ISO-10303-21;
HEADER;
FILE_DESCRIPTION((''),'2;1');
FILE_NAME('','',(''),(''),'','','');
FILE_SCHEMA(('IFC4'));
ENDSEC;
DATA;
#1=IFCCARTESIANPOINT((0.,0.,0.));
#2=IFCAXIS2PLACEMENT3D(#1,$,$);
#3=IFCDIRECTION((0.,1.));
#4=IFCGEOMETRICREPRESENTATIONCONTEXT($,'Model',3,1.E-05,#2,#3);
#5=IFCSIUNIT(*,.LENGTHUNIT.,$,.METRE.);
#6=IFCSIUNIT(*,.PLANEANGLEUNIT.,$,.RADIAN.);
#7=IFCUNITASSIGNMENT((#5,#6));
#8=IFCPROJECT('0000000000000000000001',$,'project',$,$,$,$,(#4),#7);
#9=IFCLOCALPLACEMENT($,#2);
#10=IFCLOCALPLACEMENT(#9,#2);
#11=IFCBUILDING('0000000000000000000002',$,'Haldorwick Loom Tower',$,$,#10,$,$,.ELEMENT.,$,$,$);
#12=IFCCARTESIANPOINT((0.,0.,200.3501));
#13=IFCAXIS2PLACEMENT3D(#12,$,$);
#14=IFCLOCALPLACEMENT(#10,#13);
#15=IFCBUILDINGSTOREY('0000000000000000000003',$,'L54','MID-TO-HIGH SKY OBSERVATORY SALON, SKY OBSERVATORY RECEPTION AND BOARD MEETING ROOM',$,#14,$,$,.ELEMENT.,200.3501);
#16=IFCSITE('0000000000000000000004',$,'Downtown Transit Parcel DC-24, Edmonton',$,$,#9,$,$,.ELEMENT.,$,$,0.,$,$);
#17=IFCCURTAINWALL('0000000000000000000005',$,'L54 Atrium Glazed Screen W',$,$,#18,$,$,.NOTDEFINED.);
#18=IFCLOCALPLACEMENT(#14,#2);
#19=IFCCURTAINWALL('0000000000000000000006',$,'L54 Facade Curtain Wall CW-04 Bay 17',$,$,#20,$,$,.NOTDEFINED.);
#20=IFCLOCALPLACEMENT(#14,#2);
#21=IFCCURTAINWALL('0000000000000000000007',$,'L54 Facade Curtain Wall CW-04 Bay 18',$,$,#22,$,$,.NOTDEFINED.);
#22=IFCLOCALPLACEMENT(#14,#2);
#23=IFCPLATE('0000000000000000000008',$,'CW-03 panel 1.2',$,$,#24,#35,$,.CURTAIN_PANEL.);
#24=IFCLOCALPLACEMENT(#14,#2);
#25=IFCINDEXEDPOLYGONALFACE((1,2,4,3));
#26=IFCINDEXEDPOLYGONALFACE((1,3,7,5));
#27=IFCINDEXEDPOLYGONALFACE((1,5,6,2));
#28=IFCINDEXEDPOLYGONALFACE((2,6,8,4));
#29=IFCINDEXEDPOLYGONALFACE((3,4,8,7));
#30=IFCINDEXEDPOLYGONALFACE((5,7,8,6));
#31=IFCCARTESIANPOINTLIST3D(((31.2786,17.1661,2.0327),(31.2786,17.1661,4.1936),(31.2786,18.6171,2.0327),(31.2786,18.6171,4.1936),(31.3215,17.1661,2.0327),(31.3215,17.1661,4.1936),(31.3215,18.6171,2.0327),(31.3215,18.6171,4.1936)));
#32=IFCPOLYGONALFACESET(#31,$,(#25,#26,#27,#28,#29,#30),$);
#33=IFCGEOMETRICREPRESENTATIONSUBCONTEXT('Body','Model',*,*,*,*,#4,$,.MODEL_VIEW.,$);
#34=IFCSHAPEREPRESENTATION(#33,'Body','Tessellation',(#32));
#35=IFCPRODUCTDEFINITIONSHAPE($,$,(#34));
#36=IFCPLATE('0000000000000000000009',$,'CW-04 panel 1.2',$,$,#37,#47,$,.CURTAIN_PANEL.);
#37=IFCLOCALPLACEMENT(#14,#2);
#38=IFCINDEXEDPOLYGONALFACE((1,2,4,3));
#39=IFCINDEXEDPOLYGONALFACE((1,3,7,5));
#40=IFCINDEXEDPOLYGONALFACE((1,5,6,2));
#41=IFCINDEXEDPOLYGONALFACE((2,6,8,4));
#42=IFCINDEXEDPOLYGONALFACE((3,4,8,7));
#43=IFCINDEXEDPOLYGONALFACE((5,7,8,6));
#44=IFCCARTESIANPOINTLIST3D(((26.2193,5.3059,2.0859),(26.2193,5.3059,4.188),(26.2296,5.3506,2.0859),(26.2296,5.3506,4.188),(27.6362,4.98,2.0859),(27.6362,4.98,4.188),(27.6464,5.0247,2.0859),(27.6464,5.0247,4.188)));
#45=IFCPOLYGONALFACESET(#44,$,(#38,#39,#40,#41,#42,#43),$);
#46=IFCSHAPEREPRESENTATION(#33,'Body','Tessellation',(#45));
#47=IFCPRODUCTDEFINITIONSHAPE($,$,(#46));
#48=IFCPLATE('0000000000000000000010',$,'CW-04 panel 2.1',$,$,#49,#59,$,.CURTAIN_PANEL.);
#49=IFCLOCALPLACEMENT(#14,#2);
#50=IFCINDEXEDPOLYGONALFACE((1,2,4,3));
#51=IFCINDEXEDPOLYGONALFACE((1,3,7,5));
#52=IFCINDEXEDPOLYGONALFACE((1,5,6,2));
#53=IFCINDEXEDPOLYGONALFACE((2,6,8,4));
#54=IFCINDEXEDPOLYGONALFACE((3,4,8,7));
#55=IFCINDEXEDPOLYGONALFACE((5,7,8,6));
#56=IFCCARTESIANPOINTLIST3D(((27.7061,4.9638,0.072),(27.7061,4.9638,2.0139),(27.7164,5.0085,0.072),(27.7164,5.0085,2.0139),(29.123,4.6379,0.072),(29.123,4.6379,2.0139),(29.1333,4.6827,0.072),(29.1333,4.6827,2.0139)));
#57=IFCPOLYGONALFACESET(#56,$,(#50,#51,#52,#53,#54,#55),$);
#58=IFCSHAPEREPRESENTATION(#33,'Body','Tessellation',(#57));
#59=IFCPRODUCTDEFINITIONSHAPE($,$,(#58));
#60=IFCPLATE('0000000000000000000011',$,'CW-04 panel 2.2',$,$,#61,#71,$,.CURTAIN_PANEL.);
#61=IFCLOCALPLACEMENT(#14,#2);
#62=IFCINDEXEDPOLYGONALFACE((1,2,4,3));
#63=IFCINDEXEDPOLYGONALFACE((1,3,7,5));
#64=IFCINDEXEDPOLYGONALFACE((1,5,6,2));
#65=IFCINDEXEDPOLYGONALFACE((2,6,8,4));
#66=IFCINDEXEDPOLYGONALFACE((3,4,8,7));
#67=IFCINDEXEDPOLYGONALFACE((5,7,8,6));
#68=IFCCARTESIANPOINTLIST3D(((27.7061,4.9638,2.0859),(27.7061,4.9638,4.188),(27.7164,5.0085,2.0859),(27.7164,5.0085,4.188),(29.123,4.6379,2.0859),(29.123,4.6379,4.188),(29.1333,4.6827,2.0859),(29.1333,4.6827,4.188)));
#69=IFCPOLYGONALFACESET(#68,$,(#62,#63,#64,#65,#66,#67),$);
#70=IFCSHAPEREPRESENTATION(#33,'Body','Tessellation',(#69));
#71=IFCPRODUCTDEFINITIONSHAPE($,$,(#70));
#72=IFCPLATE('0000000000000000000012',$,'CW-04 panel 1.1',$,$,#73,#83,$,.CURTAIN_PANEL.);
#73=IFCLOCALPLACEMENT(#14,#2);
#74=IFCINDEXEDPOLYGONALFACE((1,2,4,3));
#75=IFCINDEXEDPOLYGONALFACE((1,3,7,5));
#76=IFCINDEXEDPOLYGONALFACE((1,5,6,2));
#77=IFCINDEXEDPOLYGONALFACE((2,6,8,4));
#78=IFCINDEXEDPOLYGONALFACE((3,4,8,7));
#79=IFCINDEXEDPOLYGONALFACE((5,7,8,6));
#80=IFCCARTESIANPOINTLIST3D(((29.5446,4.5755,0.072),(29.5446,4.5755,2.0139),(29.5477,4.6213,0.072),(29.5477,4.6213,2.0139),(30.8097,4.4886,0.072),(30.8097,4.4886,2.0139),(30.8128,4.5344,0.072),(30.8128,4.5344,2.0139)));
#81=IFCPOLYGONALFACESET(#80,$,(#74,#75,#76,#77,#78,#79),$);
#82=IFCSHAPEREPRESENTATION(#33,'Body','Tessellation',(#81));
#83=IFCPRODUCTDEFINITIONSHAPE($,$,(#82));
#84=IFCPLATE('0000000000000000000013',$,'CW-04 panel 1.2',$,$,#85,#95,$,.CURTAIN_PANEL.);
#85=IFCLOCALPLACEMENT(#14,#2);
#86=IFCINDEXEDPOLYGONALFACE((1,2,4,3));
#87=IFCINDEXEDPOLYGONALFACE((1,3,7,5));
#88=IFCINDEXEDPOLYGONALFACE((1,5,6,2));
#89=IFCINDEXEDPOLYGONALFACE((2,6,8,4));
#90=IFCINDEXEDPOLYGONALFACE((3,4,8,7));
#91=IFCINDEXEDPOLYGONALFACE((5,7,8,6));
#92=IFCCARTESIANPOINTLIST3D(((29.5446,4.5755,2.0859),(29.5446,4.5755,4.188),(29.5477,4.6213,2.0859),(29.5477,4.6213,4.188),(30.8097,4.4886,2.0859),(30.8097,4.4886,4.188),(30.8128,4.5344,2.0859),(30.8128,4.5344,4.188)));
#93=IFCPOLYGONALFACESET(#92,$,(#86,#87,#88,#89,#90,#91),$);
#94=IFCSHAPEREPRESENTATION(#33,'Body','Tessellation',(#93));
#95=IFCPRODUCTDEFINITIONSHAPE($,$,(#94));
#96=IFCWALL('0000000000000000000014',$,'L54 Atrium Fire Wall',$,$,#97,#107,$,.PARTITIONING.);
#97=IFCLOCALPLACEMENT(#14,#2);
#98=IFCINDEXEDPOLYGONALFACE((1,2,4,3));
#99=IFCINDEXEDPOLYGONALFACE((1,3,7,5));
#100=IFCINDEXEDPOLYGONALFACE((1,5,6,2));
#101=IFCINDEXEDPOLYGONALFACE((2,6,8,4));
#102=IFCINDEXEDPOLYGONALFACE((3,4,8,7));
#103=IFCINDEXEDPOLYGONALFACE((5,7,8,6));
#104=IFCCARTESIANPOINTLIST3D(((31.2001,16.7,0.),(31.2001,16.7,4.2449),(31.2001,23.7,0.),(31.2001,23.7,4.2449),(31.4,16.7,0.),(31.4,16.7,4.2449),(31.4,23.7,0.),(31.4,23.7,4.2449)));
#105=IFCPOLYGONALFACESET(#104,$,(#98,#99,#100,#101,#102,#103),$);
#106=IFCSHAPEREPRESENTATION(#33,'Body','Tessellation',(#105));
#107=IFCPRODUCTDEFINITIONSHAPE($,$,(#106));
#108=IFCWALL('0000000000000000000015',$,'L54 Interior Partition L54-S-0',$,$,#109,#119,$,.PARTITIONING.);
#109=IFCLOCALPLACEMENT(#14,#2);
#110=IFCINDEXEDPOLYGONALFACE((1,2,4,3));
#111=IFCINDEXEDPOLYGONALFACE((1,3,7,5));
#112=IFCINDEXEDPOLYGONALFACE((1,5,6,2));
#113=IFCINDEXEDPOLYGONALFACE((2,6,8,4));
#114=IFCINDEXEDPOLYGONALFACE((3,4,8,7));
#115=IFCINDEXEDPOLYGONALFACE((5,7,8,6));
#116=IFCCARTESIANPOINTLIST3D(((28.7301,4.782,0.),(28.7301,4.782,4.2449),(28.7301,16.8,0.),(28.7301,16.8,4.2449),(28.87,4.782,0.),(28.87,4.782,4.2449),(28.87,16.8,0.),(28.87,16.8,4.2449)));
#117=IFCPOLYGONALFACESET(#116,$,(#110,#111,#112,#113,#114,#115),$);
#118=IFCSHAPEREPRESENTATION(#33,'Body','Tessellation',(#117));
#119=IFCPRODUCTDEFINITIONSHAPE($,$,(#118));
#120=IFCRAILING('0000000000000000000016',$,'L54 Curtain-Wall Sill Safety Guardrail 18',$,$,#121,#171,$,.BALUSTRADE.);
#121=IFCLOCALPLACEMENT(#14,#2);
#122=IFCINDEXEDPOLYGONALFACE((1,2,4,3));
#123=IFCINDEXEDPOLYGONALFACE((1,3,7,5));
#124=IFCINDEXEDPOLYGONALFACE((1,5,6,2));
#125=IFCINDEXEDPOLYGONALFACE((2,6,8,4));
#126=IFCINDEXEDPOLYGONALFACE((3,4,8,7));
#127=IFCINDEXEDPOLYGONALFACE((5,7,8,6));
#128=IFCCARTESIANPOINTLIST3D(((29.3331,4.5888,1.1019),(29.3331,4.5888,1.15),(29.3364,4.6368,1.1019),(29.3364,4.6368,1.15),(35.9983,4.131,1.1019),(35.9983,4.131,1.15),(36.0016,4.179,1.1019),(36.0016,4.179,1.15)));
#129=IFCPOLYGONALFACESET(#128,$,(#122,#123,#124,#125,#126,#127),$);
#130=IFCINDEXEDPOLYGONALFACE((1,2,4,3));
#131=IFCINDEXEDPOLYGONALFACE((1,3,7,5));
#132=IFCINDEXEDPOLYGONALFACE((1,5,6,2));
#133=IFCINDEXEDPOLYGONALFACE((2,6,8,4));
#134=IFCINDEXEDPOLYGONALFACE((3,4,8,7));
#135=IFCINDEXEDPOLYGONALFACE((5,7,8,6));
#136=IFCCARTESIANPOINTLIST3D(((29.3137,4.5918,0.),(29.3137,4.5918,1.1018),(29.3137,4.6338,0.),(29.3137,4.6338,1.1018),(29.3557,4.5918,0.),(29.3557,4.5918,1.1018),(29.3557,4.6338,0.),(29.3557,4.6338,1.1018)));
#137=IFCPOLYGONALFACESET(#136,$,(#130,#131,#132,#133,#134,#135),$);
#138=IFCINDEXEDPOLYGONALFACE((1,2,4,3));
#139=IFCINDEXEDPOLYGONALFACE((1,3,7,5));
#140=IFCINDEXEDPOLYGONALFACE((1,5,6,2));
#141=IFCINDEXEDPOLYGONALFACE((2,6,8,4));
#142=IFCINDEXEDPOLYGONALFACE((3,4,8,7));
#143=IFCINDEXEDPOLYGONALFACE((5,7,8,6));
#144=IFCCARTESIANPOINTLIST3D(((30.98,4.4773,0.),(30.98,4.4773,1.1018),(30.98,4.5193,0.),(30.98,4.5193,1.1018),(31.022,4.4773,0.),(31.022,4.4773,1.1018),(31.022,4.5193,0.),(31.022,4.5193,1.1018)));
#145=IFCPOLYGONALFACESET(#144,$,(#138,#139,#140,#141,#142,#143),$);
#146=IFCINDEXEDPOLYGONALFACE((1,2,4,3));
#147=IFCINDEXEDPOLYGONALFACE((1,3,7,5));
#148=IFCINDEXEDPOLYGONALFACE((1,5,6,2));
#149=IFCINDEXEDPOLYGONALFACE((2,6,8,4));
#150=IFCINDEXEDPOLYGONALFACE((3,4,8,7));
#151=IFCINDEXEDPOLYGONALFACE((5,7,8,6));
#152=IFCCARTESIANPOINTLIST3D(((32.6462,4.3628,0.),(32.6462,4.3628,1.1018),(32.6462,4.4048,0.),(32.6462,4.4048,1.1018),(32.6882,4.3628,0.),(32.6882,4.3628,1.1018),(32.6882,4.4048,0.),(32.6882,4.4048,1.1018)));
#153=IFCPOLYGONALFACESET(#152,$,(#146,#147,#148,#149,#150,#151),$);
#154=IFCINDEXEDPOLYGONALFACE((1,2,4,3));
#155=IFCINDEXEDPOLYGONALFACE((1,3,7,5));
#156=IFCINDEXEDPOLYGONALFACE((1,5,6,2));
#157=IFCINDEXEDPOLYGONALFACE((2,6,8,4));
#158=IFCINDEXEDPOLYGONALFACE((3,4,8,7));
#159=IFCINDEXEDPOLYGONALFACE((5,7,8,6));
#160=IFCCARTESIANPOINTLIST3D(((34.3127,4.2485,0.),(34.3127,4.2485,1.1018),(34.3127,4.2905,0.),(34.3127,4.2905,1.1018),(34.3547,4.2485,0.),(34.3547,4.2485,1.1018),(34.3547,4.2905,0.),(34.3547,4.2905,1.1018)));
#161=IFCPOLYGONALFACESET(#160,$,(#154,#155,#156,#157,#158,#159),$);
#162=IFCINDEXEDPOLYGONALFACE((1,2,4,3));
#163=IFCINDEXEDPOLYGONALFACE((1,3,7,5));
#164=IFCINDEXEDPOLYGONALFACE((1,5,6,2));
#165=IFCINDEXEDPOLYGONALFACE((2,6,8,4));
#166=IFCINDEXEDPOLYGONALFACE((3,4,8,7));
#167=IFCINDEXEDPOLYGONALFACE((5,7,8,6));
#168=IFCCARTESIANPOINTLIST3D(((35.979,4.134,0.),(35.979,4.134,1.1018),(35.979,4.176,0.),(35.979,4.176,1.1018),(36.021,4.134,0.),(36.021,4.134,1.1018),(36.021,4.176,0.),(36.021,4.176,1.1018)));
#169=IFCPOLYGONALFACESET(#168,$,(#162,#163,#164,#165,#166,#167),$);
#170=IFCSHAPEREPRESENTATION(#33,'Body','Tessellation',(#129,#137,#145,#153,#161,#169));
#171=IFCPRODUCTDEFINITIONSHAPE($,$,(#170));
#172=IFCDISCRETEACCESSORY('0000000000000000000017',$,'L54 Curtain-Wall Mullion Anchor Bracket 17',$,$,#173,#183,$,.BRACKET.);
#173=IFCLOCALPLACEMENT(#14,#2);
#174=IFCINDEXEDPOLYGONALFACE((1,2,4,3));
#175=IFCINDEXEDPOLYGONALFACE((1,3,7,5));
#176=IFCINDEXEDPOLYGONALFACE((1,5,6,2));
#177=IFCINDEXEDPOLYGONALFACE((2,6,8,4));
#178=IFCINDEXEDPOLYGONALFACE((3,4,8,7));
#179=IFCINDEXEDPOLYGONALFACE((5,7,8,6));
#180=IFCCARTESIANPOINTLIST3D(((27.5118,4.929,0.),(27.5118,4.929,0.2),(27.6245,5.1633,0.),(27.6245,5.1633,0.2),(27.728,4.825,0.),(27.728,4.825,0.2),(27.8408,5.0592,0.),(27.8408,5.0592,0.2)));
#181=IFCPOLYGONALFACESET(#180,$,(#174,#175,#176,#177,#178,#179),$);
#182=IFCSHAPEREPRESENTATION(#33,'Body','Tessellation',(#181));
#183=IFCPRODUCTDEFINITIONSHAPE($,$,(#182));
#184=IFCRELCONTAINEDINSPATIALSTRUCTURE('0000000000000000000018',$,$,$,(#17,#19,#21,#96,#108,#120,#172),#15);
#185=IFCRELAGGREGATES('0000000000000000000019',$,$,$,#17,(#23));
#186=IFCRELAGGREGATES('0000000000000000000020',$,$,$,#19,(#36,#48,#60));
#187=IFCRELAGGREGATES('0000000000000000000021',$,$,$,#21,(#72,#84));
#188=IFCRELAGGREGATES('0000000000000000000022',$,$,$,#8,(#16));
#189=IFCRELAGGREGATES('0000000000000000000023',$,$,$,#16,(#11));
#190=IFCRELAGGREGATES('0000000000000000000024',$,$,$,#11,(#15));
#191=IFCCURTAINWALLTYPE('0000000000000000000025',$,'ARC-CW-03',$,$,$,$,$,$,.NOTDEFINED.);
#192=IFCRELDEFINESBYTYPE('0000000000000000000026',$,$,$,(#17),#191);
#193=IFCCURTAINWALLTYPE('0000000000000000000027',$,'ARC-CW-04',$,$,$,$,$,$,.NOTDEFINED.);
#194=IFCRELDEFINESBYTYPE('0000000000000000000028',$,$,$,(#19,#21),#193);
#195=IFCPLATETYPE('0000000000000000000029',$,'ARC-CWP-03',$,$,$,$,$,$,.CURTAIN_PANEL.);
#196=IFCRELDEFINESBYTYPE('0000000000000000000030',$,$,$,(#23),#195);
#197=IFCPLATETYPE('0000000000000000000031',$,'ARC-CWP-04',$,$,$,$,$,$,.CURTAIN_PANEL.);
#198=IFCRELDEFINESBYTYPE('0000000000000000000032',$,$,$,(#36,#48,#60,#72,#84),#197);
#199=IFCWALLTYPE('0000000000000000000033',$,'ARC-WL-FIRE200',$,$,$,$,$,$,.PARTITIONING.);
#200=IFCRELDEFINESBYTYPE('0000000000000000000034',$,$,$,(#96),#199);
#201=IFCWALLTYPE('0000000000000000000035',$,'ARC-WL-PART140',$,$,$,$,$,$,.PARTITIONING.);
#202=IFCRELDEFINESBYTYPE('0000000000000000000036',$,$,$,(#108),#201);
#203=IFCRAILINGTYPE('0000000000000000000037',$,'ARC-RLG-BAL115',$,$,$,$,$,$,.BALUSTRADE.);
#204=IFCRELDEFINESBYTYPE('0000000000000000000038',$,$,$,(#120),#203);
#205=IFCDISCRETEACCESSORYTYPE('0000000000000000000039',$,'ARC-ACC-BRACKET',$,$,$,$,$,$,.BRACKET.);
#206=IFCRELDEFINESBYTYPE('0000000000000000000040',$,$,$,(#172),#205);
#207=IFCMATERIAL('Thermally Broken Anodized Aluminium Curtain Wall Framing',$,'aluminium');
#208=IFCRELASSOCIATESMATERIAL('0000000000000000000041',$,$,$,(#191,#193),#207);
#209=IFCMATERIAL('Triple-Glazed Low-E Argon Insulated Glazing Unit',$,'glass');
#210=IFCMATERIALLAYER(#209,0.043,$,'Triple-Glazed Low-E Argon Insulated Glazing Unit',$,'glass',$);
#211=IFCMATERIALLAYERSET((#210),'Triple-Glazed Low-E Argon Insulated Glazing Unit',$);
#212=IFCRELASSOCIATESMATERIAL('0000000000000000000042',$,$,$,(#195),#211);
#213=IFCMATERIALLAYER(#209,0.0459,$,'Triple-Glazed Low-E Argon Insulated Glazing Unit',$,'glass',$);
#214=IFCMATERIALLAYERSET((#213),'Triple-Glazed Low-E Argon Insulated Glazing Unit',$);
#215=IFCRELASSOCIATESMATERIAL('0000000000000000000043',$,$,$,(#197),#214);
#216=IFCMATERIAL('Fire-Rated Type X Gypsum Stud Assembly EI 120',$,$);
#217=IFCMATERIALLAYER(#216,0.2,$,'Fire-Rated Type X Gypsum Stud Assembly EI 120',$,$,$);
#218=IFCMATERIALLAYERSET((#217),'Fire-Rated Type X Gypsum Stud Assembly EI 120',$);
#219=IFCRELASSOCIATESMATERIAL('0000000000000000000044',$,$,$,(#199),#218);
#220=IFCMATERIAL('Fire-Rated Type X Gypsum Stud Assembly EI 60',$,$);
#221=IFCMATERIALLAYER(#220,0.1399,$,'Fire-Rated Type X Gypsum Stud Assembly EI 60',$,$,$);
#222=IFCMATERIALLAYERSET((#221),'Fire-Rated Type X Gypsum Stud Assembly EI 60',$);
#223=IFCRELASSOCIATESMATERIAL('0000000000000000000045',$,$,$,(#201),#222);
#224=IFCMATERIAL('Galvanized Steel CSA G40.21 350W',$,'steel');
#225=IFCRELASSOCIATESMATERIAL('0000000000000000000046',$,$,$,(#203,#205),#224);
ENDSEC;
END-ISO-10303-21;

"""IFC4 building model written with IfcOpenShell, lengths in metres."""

from ifc_helpers import new_model, si_unit, direction, frame, frame_2d, origin, origin_2d, place, context, subcontext, project, spatial, rectangle, extrude, material, layer, layer_set, type_object, element, aggregate, save


model = new_model("IFC4")

# Units and contexts
model_context = context("Model", 3, precision=1e-05, world=origin(), true_north=direction((0.0, 1.0)))
body_context = subcontext(model_context, "Body", "Model", "MODEL_VIEW")
ifc_project = project(units=[si_unit("LENGTHUNIT", "METRE"), si_unit("PLANEANGLEUNIT", "RADIAN")], contexts=[model_context])

# Site, building, storey
site_placement = place(None, origin())
site = spatial("IfcSite", under=ifc_project, at=site_placement, Name="Downtown Transit Parcel DC-24, Edmonton", CompositionType="ELEMENT", RefElevation=0.0)
building_placement = place(site_placement, origin())
building = spatial("IfcBuilding", under=site, at=building_placement, Name="Haldorwick Loom Tower", CompositionType="ELEMENT")
storey_placement = place(building_placement, frame((0.0, 0.0, 200.3501)))
storey = spatial("IfcBuildingStorey", under=building, at=storey_placement, Name="L54", Description="MID-TO-HIGH SKY OBSERVATORY SALON, SKY OBSERVATORY RECEPTION AND BOARD MEETING ROOM", CompositionType="ELEMENT", Elevation=200.3501)

# Curtain walls
ifc_material_1 = material(Name="Thermally Broken Anodized Aluminium Curtain Wall Framing", Category="aluminium")
curtain_wall_type_1 = type_object("IfcCurtainWallType", Name="ARC-CW-03", PredefinedType="NOTDEFINED", material=ifc_material_1)
curtain_wall_1_placement = place(storey_placement, origin())
curtain_wall_1 = element("IfcCurtainWall", 1, at=curtain_wall_1_placement, inside=storey, type_object=curtain_wall_type_1, Name="L54 Atrium Glazed Screen W", PredefinedType="NOTDEFINED")
curtain_wall_type_2 = type_object("IfcCurtainWallType", Name="ARC-CW-04", PredefinedType="NOTDEFINED", material=ifc_material_1)
curtain_wall_2_placement = place(storey_placement, origin())
curtain_wall_2 = element("IfcCurtainWall", 2, at=curtain_wall_2_placement, inside=storey, type_object=curtain_wall_type_2, Name="L54 Facade Curtain Wall CW-04 Bay 17", PredefinedType="NOTDEFINED")
curtain_wall_3_placement = place(storey_placement, origin())
curtain_wall_3 = element("IfcCurtainWall", 3, at=curtain_wall_3_placement, inside=storey, type_object=curtain_wall_type_2, Name="L54 Facade Curtain Wall CW-04 Bay 18", PredefinedType="NOTDEFINED")

# Plates
ifc_material_2 = material(Name="Triple-Glazed Low-E Argon Insulated Glazing Unit", Category="glass")
ifc_layer_1 = layer(ifc_material_2, 0.043, Name="Triple-Glazed Low-E Argon Insulated Glazing Unit", Category="glass")
ifc_layer_set_1 = layer_set([ifc_layer_1], Name="Triple-Glazed Low-E Argon Insulated Glazing Unit")
plate_type_1 = type_object("IfcPlateType", Name="ARC-CWP-03", PredefinedType="CURTAIN_PANEL", material=ifc_layer_set_1)
plate_1_placement = place(storey_placement, frame((31.3, 17.8916, 2.0327), z_axis=(0.0, 0.0, 1.0), x_axis=(0.0, 1.0, 0.0)))
plate_1 = element("IfcPlate", 4, at=plate_1_placement, type_object=plate_type_1, Name="CW-03 panel 1.2", PredefinedType="CURTAIN_PANEL", context=body_context, shape_type="SweptSolid", body=[
    extrude(rectangle(XDim=1.4509, YDim=0.043, at=origin_2d()), origin(), (0.0, 0.0, 1.0), 2.1609),
])
aggregate(curtain_wall_1, [plate_1])
ifc_layer_2 = layer(ifc_material_2, 0.0459, Name="Triple-Glazed Low-E Argon Insulated Glazing Unit", Category="glass")
ifc_layer_set_2 = layer_set([ifc_layer_2], Name="Triple-Glazed Low-E Argon Insulated Glazing Unit")
plate_type_2 = type_object("IfcPlateType", Name="ARC-CWP-04", PredefinedType="CURTAIN_PANEL", material=ifc_layer_set_2)
plate_2_placement = place(storey_placement, frame((26.9329, 5.1653, 2.0859), z_axis=(0.0, 0.0, 1.0), x_axis=(0.974557, -0.224142, 0.0)))
plate_2 = element("IfcPlate", 5, at=plate_2_placement, type_object=plate_type_2, Name="CW-04 panel 1.2", PredefinedType="CURTAIN_PANEL", context=body_context, shape_type="SweptSolid", body=[
    extrude(rectangle(XDim=1.4539, YDim=0.0459, at=origin_2d()), origin(), (0.0, 0.0, 1.0), 2.1021),
])
plate_3_placement = place(storey_placement, frame((28.4197, 4.8232, 0.072), z_axis=(0.0, 0.0, 1.0), x_axis=(0.974557, -0.224142, 0.0)))
plate_3 = element("IfcPlate", 6, at=plate_3_placement, type_object=plate_type_2, Name="CW-04 panel 2.1", PredefinedType="CURTAIN_PANEL", context=body_context, shape_type="SweptSolid", body=[
    extrude(rectangle(XDim=1.4539, YDim=0.0459, at=origin_2d()), origin(), (0.0, 0.0, 1.0), 1.9419),
])
plate_4_placement = place(storey_placement, frame((28.4197, 4.8232, 2.0859), z_axis=(0.0, 0.0, 1.0), x_axis=(0.974557, -0.224142, 0.0)))
plate_4 = element("IfcPlate", 7, at=plate_4_placement, type_object=plate_type_2, Name="CW-04 panel 2.2", PredefinedType="CURTAIN_PANEL", context=body_context, shape_type="SweptSolid", body=[
    extrude(rectangle(XDim=1.4539, YDim=0.0459, at=origin_2d()), origin(), (0.0, 0.0, 1.0), 2.1021),
])
aggregate(curtain_wall_2, [plate_2, plate_3, plate_4])
plate_5_placement = place(storey_placement, frame((30.1787, 4.5549, 0.072), z_axis=(0.0, 0.0, 1.0), x_axis=(0.99765, -0.068513, 0.0)))
plate_5 = element("IfcPlate", 8, at=plate_5_placement, type_object=plate_type_2, Name="CW-04 panel 1.1", PredefinedType="CURTAIN_PANEL", context=body_context, shape_type="SweptSolid", body=[
    extrude(rectangle(XDim=1.2681, YDim=0.0459, at=origin_2d()), origin(), (0.0, 0.0, 1.0), 1.9419),
])
plate_6_placement = place(storey_placement, frame((30.1787, 4.5549, 2.0859), z_axis=(0.0, 0.0, 1.0), x_axis=(0.99765, -0.068513, 0.0)))
plate_6 = element("IfcPlate", 9, at=plate_6_placement, type_object=plate_type_2, Name="CW-04 panel 1.2", PredefinedType="CURTAIN_PANEL", context=body_context, shape_type="SweptSolid", body=[
    extrude(rectangle(XDim=1.2681, YDim=0.0459, at=origin_2d()), origin(), (0.0, 0.0, 1.0), 2.1021),
])
aggregate(curtain_wall_3, [plate_5, plate_6])

# Walls
ifc_material_3 = material(Name="Fire-Rated Type X Gypsum Stud Assembly EI 120")
ifc_layer_3 = layer(ifc_material_3, 0.2, Name="Fire-Rated Type X Gypsum Stud Assembly EI 120")
ifc_layer_set_3 = layer_set([ifc_layer_3], Name="Fire-Rated Type X Gypsum Stud Assembly EI 120")
wall_type_1 = type_object("IfcWallType", Name="ARC-WL-FIRE200", PredefinedType="PARTITIONING", material=ifc_layer_set_3)
wall_1_placement = place(storey_placement, frame((31.3, 16.7, 0.0), z_axis=(0.0, 0.0, 1.0), x_axis=(0.0, 1.0, 0.0)))
element("IfcWall", 10, at=wall_1_placement, inside=storey, type_object=wall_type_1, Name="L54 Atrium Fire Wall", PredefinedType="PARTITIONING", context=body_context, shape_type="SweptSolid", body=[
    extrude(rectangle(XDim=7.0, YDim=0.2, at=frame_2d((3.5, 0.0))), origin(), (0.0, 0.0, 1.0), 4.2449),
])
ifc_material_4 = material(Name="Fire-Rated Type X Gypsum Stud Assembly EI 60")
ifc_layer_4 = layer(ifc_material_4, 0.1399, Name="Fire-Rated Type X Gypsum Stud Assembly EI 60")
ifc_layer_set_4 = layer_set([ifc_layer_4], Name="Fire-Rated Type X Gypsum Stud Assembly EI 60")
wall_type_2 = type_object("IfcWallType", Name="ARC-WL-PART140", PredefinedType="PARTITIONING", material=ifc_layer_set_4)
wall_2_placement = place(storey_placement, frame((28.8, 4.782, 0.0), z_axis=(0.0, 0.0, 1.0), x_axis=(0.0, 1.0, 0.0)))
element("IfcWall", 11, at=wall_2_placement, inside=storey, type_object=wall_type_2, Name="L54 Interior Partition L54-S-0", PredefinedType="PARTITIONING", context=body_context, shape_type="SweptSolid", body=[
    extrude(rectangle(XDim=12.0181, YDim=0.1399, at=frame_2d((6.009, 0.0))), origin(), (0.0, 0.0, 1.0), 4.2449),
])

# Railing
ifc_material_5 = material(Name="Galvanized Steel CSA G40.21 350W", Category="steel")
railing_type = type_object("IfcRailingType", Name="ARC-RLG-BAL115", PredefinedType="BALUSTRADE", material=ifc_material_5)
railing_placement = place(storey_placement, frame((29.3347, 4.6128, 0.0)))
element("IfcRailing", 12, at=railing_placement, inside=storey, type_object=railing_type, Name="L54 Curtain-Wall Sill Safety Guardrail 18", PredefinedType="BALUSTRADE", context=body_context, shape_type="SweptSolid", body=[
    extrude(rectangle(XDim=0.0481, YDim=0.0481, at=origin_2d()), frame((0.0, 0.0, 1.126), z_axis=(0.99765, -0.068517, 0.0), x_axis=(0.068517, 0.99765, 0.0)), (0.0, 0.0, 1.0), 6.6809),
    extrude(rectangle(XDim=0.042, YDim=0.042, at=origin_2d()), origin(), (0.0, 0.0, 1.0), 1.1018),
    extrude(rectangle(XDim=0.042, YDim=0.042, at=origin_2d()), frame((1.6663, -0.1145, 0.0)), (0.0, 0.0, 1.0), 1.1018),
    extrude(rectangle(XDim=0.042, YDim=0.042, at=origin_2d()), frame((3.3325, -0.229, 0.0)), (0.0, 0.0, 1.0), 1.1018),
    extrude(rectangle(XDim=0.042, YDim=0.042, at=origin_2d()), frame((4.999, -0.3433, 0.0)), (0.0, 0.0, 1.0), 1.1018),
    extrude(rectangle(XDim=0.042, YDim=0.042, at=origin_2d()), frame((6.6653, -0.4578, 0.0)), (0.0, 0.0, 1.0), 1.1018),
])

# Discrete accessory
discrete_accessory_type = type_object("IfcDiscreteAccessoryType", Name="ARC-ACC-BRACKET", PredefinedType="BRACKET", material=ifc_material_5)
discrete_accessory_placement = place(storey_placement, frame((27.6763, 4.9941, 0.0), z_axis=(0.0, 0.0, 1.0), x_axis=(-0.433659, -0.901077, 0.0)))
element("IfcDiscreteAccessory", 13, at=discrete_accessory_placement, inside=storey, type_object=discrete_accessory_type, Name="L54 Curtain-Wall Mullion Anchor Bracket 17", PredefinedType="BRACKET", context=body_context, shape_type="SweptSolid", body=[
    extrude(rectangle(XDim=0.26, YDim=0.24, at=origin_2d()), origin(), (0.0, 0.0, 1.0), 0.2),
])

save(model, "model.ifc")
